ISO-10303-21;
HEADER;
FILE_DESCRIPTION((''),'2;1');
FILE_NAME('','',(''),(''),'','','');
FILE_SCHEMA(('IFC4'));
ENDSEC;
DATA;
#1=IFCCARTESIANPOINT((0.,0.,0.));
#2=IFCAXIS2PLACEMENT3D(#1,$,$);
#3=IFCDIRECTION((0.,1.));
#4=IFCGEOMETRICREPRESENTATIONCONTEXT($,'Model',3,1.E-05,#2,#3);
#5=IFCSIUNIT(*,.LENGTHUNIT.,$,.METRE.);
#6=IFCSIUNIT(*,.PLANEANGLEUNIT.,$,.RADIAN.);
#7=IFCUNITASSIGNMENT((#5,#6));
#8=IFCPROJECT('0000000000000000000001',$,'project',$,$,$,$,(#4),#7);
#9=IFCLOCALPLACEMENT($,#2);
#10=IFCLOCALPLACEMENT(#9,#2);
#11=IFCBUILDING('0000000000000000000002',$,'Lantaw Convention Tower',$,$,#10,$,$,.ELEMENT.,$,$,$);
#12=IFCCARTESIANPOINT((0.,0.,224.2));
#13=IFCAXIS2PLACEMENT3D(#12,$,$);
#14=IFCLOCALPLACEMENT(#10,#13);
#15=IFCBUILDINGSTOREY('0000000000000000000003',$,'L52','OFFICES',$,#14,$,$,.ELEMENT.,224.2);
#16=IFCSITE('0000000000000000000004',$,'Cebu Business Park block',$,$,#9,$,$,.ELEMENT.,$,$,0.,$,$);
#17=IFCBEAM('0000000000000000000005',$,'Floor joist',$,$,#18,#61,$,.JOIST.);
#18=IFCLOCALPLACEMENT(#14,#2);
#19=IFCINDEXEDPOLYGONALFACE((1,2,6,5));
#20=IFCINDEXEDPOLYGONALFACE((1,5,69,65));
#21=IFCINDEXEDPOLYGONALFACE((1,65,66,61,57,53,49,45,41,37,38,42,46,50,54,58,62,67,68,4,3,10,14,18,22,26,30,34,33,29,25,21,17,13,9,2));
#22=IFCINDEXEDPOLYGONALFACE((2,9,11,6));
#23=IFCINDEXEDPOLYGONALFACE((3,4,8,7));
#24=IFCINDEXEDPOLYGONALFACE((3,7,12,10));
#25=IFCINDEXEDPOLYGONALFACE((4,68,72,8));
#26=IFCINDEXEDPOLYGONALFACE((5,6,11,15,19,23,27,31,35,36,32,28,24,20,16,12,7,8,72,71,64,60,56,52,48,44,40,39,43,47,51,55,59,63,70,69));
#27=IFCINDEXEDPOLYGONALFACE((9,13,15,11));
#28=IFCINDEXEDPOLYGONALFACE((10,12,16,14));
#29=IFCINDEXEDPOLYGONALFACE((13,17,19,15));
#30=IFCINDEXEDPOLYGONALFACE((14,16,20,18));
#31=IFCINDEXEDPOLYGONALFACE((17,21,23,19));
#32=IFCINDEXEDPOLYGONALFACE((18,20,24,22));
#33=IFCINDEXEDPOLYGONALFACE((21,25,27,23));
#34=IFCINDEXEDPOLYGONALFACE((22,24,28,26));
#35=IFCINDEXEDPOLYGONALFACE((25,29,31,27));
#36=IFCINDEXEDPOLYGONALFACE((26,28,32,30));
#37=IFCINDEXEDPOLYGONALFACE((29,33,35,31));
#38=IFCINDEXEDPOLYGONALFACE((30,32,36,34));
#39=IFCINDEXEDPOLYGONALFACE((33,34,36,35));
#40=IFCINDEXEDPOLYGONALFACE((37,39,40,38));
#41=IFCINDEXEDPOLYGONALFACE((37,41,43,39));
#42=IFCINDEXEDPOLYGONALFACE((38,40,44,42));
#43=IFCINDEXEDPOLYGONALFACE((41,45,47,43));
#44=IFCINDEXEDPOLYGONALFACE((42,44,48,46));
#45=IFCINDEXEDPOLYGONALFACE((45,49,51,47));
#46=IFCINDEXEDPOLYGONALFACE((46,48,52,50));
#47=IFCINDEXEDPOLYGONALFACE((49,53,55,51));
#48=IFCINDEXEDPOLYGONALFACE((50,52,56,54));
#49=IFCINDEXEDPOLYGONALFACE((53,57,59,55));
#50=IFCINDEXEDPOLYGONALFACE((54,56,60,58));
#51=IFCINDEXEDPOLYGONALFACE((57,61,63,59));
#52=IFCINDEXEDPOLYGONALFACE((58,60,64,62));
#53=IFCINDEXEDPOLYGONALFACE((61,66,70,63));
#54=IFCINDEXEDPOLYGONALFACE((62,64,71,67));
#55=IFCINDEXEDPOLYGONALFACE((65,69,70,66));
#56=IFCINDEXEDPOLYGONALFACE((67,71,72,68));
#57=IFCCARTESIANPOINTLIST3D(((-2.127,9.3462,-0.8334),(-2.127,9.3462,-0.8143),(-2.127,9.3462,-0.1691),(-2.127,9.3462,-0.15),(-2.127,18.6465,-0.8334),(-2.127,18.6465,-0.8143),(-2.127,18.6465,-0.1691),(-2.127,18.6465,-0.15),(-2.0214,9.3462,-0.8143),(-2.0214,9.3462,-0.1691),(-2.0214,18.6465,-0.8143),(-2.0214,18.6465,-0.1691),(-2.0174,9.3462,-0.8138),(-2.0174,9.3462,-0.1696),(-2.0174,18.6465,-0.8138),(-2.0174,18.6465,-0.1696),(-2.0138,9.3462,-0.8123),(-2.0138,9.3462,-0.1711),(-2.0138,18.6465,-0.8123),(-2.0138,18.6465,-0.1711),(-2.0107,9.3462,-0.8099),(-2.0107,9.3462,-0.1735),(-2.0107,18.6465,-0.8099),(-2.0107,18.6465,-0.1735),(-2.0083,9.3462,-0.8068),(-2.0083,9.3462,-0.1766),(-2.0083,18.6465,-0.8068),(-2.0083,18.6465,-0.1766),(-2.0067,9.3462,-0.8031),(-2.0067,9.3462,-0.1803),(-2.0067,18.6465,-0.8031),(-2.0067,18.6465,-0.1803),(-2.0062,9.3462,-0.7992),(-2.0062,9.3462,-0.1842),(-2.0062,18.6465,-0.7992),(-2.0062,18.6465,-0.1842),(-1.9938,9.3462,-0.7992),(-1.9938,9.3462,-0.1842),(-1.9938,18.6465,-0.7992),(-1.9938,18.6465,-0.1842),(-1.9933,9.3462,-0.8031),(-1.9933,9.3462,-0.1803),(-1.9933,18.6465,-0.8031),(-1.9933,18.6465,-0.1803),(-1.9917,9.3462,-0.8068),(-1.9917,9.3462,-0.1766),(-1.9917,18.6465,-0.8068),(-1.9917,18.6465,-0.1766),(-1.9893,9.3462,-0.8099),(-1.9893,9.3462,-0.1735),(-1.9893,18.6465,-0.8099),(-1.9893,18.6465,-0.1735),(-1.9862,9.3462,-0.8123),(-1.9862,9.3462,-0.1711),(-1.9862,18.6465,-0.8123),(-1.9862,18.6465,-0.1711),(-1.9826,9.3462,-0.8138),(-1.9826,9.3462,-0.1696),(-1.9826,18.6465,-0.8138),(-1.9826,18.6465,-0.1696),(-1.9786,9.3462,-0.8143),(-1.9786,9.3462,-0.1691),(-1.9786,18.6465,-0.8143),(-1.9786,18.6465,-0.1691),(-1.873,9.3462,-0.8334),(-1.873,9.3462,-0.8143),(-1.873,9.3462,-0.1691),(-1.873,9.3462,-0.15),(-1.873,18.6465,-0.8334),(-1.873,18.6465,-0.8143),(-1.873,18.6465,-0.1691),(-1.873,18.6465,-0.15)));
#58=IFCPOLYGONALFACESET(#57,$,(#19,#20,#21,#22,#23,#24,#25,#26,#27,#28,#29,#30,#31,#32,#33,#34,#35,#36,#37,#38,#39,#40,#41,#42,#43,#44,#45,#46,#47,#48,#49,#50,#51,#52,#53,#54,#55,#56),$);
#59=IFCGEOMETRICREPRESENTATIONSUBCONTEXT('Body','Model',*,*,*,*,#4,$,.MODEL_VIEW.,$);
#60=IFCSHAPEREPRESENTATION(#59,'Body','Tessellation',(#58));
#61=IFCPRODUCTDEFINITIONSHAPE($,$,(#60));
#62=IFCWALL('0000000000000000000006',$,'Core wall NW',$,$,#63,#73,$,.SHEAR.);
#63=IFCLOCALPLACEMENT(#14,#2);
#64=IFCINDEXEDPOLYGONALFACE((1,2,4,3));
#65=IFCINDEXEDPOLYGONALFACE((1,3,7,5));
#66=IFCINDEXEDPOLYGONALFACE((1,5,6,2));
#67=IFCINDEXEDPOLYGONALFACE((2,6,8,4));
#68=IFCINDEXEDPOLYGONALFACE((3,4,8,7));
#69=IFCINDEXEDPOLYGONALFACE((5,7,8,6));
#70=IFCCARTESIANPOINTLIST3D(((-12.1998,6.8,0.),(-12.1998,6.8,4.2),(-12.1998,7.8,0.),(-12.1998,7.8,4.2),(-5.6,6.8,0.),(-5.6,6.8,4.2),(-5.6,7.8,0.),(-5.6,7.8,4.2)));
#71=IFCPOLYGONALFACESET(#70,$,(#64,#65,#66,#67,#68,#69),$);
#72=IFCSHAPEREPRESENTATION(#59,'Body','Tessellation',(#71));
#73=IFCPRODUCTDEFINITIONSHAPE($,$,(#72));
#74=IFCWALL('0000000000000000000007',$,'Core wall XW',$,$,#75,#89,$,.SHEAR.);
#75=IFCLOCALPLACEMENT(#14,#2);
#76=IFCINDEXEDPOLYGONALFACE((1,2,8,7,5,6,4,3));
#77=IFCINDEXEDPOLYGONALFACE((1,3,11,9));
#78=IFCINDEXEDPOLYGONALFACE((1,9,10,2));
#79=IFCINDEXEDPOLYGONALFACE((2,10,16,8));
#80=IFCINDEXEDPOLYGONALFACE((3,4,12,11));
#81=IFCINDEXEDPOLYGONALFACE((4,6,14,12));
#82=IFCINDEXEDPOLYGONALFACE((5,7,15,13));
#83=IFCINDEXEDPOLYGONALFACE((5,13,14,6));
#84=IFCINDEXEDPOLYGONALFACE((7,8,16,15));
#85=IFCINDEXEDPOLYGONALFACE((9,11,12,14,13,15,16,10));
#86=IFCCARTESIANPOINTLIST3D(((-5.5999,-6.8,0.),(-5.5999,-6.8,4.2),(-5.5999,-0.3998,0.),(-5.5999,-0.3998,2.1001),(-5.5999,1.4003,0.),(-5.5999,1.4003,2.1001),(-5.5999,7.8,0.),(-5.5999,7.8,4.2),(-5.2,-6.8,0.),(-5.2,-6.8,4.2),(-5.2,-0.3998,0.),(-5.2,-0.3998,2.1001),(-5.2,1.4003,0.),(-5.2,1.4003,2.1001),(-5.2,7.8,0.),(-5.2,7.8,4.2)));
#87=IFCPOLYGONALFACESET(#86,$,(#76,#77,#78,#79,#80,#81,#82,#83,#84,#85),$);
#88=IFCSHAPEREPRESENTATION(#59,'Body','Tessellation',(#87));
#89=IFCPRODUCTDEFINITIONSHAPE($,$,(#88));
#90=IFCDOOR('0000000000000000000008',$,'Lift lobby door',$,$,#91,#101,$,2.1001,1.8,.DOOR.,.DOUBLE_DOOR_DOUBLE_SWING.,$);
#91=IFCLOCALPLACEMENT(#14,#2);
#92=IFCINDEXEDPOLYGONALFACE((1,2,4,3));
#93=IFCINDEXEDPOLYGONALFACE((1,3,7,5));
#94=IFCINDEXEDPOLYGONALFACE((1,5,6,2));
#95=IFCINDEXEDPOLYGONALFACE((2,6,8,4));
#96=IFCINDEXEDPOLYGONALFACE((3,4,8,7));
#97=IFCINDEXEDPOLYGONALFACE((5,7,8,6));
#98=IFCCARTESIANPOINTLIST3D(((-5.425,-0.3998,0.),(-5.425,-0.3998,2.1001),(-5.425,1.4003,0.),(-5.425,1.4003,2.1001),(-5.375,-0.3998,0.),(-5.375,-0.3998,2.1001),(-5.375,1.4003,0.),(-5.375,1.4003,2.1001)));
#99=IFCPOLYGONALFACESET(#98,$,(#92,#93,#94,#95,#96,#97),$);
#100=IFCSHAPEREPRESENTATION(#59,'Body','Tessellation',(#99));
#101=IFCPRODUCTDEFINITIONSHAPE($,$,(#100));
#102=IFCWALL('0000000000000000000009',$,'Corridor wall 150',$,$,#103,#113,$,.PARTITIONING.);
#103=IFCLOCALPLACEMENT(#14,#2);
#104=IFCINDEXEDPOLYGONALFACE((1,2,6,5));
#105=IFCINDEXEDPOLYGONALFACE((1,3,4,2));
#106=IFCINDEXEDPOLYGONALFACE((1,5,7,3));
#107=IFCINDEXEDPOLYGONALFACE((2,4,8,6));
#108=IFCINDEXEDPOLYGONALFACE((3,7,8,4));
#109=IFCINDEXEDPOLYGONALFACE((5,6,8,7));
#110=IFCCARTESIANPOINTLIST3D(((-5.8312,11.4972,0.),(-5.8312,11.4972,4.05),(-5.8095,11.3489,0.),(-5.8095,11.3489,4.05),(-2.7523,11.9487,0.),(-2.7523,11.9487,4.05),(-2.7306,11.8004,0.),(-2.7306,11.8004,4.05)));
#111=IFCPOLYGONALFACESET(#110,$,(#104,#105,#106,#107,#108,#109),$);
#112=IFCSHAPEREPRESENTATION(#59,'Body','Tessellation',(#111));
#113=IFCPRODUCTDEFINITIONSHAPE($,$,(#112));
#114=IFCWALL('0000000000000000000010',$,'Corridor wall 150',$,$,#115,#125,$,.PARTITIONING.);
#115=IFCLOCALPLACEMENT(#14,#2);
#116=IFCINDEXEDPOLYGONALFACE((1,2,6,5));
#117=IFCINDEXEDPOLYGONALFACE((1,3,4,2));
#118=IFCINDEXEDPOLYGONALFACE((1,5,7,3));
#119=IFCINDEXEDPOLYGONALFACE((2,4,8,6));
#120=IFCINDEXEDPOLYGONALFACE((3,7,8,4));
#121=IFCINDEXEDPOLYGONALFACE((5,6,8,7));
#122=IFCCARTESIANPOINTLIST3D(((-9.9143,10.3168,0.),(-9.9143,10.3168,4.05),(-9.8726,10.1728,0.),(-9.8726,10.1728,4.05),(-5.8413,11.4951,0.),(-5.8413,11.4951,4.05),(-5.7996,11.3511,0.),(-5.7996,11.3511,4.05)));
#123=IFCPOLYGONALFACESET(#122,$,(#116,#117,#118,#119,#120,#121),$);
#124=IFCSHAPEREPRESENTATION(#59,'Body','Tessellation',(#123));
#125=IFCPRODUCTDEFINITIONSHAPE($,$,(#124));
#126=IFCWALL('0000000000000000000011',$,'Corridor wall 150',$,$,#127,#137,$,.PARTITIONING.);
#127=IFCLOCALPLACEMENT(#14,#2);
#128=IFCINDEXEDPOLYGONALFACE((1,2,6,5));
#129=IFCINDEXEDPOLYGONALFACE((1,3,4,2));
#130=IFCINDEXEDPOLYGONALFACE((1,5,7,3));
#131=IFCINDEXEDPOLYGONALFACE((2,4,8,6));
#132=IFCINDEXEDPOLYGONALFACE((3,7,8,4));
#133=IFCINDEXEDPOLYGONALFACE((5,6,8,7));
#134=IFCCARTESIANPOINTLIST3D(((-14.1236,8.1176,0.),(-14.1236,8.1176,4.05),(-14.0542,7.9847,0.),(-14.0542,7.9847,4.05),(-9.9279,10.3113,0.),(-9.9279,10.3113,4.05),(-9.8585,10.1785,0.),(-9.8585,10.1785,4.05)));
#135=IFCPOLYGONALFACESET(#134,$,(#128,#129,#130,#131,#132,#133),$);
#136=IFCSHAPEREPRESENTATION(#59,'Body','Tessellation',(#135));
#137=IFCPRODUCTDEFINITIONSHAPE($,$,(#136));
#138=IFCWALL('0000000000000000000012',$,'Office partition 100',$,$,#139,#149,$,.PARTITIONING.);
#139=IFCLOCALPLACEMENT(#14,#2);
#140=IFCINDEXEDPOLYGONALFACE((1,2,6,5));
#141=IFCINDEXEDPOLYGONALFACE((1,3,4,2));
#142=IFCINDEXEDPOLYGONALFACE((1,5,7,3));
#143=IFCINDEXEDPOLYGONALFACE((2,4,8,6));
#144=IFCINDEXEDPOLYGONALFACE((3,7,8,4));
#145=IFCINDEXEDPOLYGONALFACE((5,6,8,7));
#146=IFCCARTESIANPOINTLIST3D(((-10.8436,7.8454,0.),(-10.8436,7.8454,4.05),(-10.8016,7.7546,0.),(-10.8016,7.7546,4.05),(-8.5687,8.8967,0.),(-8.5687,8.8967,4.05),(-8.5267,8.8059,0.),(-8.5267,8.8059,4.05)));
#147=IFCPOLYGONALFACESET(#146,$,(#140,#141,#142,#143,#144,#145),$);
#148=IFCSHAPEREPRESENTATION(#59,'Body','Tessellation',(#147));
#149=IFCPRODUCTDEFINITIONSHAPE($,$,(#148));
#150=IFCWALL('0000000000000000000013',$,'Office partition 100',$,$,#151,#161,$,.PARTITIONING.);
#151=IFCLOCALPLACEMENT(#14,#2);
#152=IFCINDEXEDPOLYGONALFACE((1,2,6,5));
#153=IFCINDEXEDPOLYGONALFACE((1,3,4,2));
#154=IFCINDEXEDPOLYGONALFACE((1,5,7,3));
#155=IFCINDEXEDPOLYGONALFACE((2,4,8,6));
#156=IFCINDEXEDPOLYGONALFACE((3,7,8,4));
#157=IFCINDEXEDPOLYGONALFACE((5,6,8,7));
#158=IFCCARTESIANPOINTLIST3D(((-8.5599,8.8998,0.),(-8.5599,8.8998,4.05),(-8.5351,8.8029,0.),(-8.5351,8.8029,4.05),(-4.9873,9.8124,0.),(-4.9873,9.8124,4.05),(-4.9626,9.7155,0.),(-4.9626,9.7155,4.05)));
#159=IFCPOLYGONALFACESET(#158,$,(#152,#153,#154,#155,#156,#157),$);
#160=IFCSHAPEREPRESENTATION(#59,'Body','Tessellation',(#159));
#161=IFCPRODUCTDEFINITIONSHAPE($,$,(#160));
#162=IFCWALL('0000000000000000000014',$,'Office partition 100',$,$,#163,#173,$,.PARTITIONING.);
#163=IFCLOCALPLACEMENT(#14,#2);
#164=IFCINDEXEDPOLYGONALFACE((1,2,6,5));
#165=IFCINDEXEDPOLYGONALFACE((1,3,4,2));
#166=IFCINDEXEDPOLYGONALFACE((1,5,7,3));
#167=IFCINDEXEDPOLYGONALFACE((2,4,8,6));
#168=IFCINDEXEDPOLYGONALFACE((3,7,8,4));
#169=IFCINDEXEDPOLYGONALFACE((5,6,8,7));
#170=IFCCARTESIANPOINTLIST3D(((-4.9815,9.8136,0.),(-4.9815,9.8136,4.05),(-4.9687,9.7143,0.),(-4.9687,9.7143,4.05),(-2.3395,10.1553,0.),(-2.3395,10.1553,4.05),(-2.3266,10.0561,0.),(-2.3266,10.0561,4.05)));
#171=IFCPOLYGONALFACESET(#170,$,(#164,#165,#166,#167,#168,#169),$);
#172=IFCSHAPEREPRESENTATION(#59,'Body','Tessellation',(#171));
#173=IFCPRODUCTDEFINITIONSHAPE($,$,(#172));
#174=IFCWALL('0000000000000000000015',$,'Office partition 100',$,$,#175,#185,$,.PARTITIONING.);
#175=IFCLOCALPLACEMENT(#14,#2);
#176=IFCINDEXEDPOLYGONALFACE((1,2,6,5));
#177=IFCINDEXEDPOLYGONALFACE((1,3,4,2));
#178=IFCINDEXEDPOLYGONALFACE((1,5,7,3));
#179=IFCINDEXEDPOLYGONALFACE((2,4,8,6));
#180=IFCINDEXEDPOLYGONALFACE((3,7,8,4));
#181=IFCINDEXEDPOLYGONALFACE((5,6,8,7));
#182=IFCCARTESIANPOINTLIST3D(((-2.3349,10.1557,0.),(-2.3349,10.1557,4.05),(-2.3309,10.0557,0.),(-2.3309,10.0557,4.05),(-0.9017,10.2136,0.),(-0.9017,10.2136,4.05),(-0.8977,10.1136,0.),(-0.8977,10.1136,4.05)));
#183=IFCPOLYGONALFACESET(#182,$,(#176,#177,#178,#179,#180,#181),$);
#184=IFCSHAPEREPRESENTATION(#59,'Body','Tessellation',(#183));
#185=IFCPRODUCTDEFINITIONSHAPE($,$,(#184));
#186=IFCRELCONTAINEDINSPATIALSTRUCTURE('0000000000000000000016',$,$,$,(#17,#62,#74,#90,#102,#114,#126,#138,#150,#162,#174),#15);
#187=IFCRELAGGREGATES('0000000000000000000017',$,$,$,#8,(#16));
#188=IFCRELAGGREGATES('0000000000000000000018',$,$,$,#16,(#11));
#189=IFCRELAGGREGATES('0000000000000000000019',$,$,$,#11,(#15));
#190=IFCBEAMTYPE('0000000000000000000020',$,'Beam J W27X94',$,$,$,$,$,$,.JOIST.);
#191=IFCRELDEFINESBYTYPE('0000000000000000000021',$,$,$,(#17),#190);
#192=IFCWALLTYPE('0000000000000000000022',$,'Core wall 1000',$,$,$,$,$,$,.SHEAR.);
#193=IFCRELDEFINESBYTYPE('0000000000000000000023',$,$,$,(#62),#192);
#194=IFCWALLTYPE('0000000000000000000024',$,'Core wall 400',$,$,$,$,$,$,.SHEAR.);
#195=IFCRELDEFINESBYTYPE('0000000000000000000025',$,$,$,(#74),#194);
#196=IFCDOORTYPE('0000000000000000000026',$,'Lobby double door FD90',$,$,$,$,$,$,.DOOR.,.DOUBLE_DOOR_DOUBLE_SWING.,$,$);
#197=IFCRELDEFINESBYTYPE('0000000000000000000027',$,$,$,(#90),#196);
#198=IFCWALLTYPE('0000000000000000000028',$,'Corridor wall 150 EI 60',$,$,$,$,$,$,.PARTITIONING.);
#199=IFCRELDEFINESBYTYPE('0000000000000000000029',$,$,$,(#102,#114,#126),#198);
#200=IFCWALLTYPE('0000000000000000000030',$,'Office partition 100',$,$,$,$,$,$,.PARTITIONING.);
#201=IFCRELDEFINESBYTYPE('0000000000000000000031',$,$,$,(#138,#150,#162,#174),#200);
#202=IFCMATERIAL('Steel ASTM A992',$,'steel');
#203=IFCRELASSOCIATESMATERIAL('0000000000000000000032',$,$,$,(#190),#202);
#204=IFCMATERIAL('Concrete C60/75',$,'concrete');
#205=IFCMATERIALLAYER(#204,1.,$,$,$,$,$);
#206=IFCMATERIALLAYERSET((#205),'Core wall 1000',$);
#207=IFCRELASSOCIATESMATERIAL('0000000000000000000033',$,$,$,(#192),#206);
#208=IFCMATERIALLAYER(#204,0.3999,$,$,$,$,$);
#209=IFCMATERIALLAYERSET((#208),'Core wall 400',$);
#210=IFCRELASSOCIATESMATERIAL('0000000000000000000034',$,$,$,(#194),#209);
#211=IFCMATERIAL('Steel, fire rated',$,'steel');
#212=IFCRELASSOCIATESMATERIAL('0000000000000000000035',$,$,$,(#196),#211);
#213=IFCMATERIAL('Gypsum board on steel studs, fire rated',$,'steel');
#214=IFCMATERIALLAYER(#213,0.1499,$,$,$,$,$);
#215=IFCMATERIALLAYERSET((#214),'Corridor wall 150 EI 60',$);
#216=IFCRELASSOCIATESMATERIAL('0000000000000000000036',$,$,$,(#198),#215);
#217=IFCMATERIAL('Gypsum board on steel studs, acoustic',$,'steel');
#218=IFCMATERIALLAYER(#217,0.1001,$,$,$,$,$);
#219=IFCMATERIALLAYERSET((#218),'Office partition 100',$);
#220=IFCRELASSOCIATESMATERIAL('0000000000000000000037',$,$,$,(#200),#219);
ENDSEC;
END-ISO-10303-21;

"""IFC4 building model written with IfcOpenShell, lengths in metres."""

from ifc_helpers import new_model, si_unit, direction, frame, frame_2d, origin, origin_2d, place, context, subcontext, project, spatial, rectangle, i_section, extrude, material, layer, layer_set, material_profile, profile_set, type_object, element, fill, save


model = new_model("IFC4")

# Units and contexts
model_context = context("Model", 3, precision=1e-05, world=origin(), true_north=direction((0.0, 1.0)))
body_context = subcontext(model_context, "Body", "Model", "MODEL_VIEW")
ifc_project = project(units=[si_unit("LENGTHUNIT", "METRE"), si_unit("PLANEANGLEUNIT", "RADIAN")], contexts=[model_context])

# Site, building, storey
site_placement = place(None, origin())
site = spatial("IfcSite", under=ifc_project, at=site_placement, Name="Cebu Business Park block", CompositionType="ELEMENT", RefElevation=0.0)
building_placement = place(site_placement, origin())
building = spatial("IfcBuilding", under=site, at=building_placement, Name="Lantaw Convention Tower", CompositionType="ELEMENT")
storey_placement = place(building_placement, frame((0.0, 0.0, 224.2)))
storey = spatial("IfcBuildingStorey", under=building, at=storey_placement, Name="L52", Description="OFFICES", CompositionType="ELEMENT", Elevation=224.2)

# Shared definitions
ifc_material_1 = material(Name="Concrete C60/75", Category="concrete")

# Beam
ifc_material_2 = material(Name="Steel ASTM A992", Category="steel")
ifc_material_profile_1 = material_profile(ifc_material_2, i_section(OverallWidth=0.2539, OverallDepth=0.6833, WebThickness=0.0125, FlangeThickness=0.019, FilletRadius=0.0151, at=origin_2d()), Name="W27X94")
ifc_profile_set_1 = profile_set([ifc_material_profile_1], Name="Steel ASTM A992")
beam_type_1 = type_object("IfcBeamType", Name="Beam J W27X94", PredefinedType="JOIST", material=ifc_profile_set_1)
beam_1_placement = place(storey_placement, frame((-2.0, 9.3462, -0.4917), z_axis=(0.0, 1.0, 0.0), x_axis=(-1.0, 0.0, 0.0)))
element("IfcBeam", 1, at=beam_1_placement, inside=storey, type_object=beam_type_1, Name="Floor joist", PredefinedType="JOIST", context=body_context, shape_type="SweptSolid", body=[
    extrude(i_section(OverallWidth=0.2539, OverallDepth=0.6833, WebThickness=0.0125, FlangeThickness=0.019, FilletRadius=0.0151, at=origin_2d()), origin(), (0.0, 0.0, 1.0), 9.3003),
])

# Wall
ifc_layer_1 = layer(ifc_material_1, 1.0)
ifc_layer_set_1 = layer_set([ifc_layer_1], Name="Core wall 1000")
wall_type_1 = type_object("IfcWallType", Name="Core wall 1000", PredefinedType="SHEAR", material=ifc_layer_set_1)
wall_1_placement = place(storey_placement, frame((-5.6001, 7.3, 0.0), z_axis=(0.0, 0.0, 1.0), x_axis=(-1.0, 0.0, 0.0)))
element("IfcWall", 2, at=wall_1_placement, inside=storey, type_object=wall_type_1, Name="Core wall NW", PredefinedType="SHEAR", context=body_context, shape_type="SweptSolid", body=[
    extrude(rectangle(XDim=6.5999, YDim=1.0, at=frame_2d((3.2998, 0.0))), origin(), (0.0, 0.0, 1.0), 4.2),
])

# Wall, opening, door
ifc_layer_2 = layer(ifc_material_1, 0.3999)
ifc_layer_set_2 = layer_set([ifc_layer_2], Name="Core wall 400")
wall_type_2 = type_object("IfcWallType", Name="Core wall 400", PredefinedType="SHEAR", material=ifc_layer_set_2)
wall_2_placement = place(storey_placement, frame((-5.3999, 7.8, 0.0), z_axis=(0.0, 0.0, 1.0), x_axis=(0.0, -1.0, 0.0)))
wall_2 = element("IfcWall", 3, at=wall_2_placement, inside=storey, type_object=wall_type_2, Name="Core wall XW", PredefinedType="SHEAR", context=body_context, shape_type="SweptSolid", body=[
    extrude(rectangle(XDim=14.6001, YDim=0.3999, at=frame_2d((7.3, 0.0))), origin(), (0.0, 0.0, 1.0), 4.2),
])
opening_1_placement = place(wall_2_placement, frame((6.3999, 0.0, 0.0)))
opening_1 = element("IfcOpeningElement", 4, at=opening_1_placement, cuts=wall_2, PredefinedType="OPENING", context=body_context, shape_type="SweptSolid", body=[
    extrude(rectangle(XDim=1.8, YDim=2.1001, at=frame_2d((0.8999, 1.05))), frame((0.0, 0.21, 0.0), z_axis=(0.0, -1.0, 0.0), x_axis=(1.0, 0.0, 0.0)), (0.0, 0.0, 1.0), 0.4199),
])
ifc_material_3 = material(Name="Steel, fire rated", Category="steel")
door_type_1 = type_object("IfcDoorType", Name="Lobby double door FD90", OperationType="DOUBLE_DOOR_DOUBLE_SWING", PredefinedType="DOOR", material=ifc_material_3)
door_1_placement = place(opening_1_placement, origin())
door_1 = element("IfcDoor", 5, at=door_1_placement, inside=storey, type_object=door_type_1, Name="Lift lobby door", OperationType="DOUBLE_DOOR_DOUBLE_SWING", OverallHeight=2.1001, OverallWidth=1.8, PredefinedType="DOOR", context=body_context, shape_type="SweptSolid", body=[
    extrude(rectangle(XDim=1.8, YDim=2.1001, at=frame_2d((0.8999, 1.05))), frame((0.0, 0.0249, 0.0), z_axis=(0.0, -1.0, 0.0), x_axis=(1.0, 0.0, 0.0)), (0.0, 0.0, 1.0), 0.05),
])
fill(opening_1, door_1)

# Walls
ifc_material_4 = material(Name="Gypsum board on steel studs, fire rated", Category="steel")
ifc_layer_3 = layer(ifc_material_4, 0.1499)
ifc_layer_set_3 = layer_set([ifc_layer_3], Name="Corridor wall 150 EI 60")
wall_type_3 = type_object("IfcWallType", Name="Corridor wall 150 EI 60", PredefinedType="PARTITIONING", material=ifc_layer_set_3)
wall_3_placement = place(storey_placement, frame((-2.7415, 11.8745, 0.0), z_axis=(0.0, 0.0, 1.0), x_axis=(-0.989422, -0.145067, 0.0)))
element("IfcWall", 6, at=wall_3_placement, inside=storey, type_object=wall_type_3, Name="Corridor wall 150", PredefinedType="PARTITIONING", context=body_context, shape_type="SweptSolid", body=[
    extrude(rectangle(XDim=3.1118, YDim=0.1499, at=frame_2d((1.5559, 0.0))), origin(), (0.0, 0.0, 1.0), 4.05),
])
wall_4_placement = place(storey_placement, frame((-5.8203, 11.4231, 0.0), z_axis=(0.0, 0.0, 1.0), x_axis=(-0.960615, -0.277883, 0.0)))
element("IfcWall", 7, at=wall_4_placement, inside=storey, type_object=wall_type_3, Name="Corridor wall 150", PredefinedType="PARTITIONING", context=body_context, shape_type="SweptSolid", body=[
    extrude(rectangle(XDim=4.24, YDim=0.1499, at=frame_2d((2.1201, 0.0))), origin(), (0.0, 0.0, 1.0), 4.05),
])
wall_5_placement = place(storey_placement, frame((-9.8933, 10.2449, 0.0), z_axis=(0.0, 0.0, 1.0), x_axis=(-0.886174, -0.463352, 0.0)))
element("IfcWall", 8, at=wall_5_placement, inside=storey, type_object=wall_type_3, Name="Corridor wall 150", PredefinedType="PARTITIONING", context=body_context, shape_type="SweptSolid", body=[
    extrude(rectangle(XDim=4.7346, YDim=0.1499, at=frame_2d((2.3672, 0.0))), origin(), (0.0, 0.0, 1.0), 4.05),
])
ifc_material_5 = material(Name="Gypsum board on steel studs, acoustic", Category="steel")
ifc_layer_4 = layer(ifc_material_5, 0.1001)
ifc_layer_set_4 = layer_set([ifc_layer_4], Name="Office partition 100")
wall_type_4 = type_object("IfcWallType", Name="Office partition 100", PredefinedType="PARTITIONING", material=ifc_layer_set_4)
wall_6_placement = place(storey_placement, frame((-10.8225, 7.8, 0.0), z_axis=(0.0, 0.0, 1.0), x_axis=(0.90776, 0.419491, 0.0)))
element("IfcWall", 9, at=wall_6_placement, inside=storey, type_object=wall_type_4, Name="Office partition 100", PredefinedType="PARTITIONING", context=body_context, shape_type="SweptSolid", body=[
    extrude(rectangle(XDim=2.5061, YDim=0.1001, at=frame_2d((1.2529, 0.0))), origin(), (0.0, 0.0, 1.0), 4.05),
])
wall_7_placement = place(storey_placement, frame((-8.5476, 8.8513, 0.0), z_axis=(0.0, 0.0, 1.0), x_axis=(0.968887, 0.247502, 0.0)))
element("IfcWall", 10, at=wall_7_placement, inside=storey, type_object=wall_type_4, Name="Office partition 100", PredefinedType="PARTITIONING", context=body_context, shape_type="SweptSolid", body=[
    extrude(rectangle(XDim=3.6873, YDim=0.1001, at=frame_2d((1.8438, 0.0))), origin(), (0.0, 0.0, 1.0), 4.05),
])
wall_8_placement = place(storey_placement, frame((-4.9751, 9.7639, 0.0), z_axis=(0.0, 0.0, 1.0), x_axis=(0.991736, 0.128297, 0.0)))
element("IfcWall", 11, at=wall_8_placement, inside=storey, type_object=wall_type_4, Name="Office partition 100", PredefinedType="PARTITIONING", context=body_context, shape_type="SweptSolid", body=[
    extrude(rectangle(XDim=2.6641, YDim=0.1001, at=frame_2d((1.332, 0.0))), origin(), (0.0, 0.0, 1.0), 4.05),
])
wall_9_placement = place(storey_placement, frame((-2.333, 10.1057, 0.0), z_axis=(0.0, 0.0, 1.0), x_axis=(0.999186, 0.040342, 0.0)))
element("IfcWall", 12, at=wall_9_placement, inside=storey, type_object=wall_type_4, Name="Office partition 100", PredefinedType="PARTITIONING", context=body_context, shape_type="SweptSolid", body=[
    extrude(rectangle(XDim=1.4343, YDim=0.1001, at=frame_2d((0.7173, 0.0))), origin(), (0.0, 0.0, 1.0), 4.05),
])

save(model, "model.ifc")
